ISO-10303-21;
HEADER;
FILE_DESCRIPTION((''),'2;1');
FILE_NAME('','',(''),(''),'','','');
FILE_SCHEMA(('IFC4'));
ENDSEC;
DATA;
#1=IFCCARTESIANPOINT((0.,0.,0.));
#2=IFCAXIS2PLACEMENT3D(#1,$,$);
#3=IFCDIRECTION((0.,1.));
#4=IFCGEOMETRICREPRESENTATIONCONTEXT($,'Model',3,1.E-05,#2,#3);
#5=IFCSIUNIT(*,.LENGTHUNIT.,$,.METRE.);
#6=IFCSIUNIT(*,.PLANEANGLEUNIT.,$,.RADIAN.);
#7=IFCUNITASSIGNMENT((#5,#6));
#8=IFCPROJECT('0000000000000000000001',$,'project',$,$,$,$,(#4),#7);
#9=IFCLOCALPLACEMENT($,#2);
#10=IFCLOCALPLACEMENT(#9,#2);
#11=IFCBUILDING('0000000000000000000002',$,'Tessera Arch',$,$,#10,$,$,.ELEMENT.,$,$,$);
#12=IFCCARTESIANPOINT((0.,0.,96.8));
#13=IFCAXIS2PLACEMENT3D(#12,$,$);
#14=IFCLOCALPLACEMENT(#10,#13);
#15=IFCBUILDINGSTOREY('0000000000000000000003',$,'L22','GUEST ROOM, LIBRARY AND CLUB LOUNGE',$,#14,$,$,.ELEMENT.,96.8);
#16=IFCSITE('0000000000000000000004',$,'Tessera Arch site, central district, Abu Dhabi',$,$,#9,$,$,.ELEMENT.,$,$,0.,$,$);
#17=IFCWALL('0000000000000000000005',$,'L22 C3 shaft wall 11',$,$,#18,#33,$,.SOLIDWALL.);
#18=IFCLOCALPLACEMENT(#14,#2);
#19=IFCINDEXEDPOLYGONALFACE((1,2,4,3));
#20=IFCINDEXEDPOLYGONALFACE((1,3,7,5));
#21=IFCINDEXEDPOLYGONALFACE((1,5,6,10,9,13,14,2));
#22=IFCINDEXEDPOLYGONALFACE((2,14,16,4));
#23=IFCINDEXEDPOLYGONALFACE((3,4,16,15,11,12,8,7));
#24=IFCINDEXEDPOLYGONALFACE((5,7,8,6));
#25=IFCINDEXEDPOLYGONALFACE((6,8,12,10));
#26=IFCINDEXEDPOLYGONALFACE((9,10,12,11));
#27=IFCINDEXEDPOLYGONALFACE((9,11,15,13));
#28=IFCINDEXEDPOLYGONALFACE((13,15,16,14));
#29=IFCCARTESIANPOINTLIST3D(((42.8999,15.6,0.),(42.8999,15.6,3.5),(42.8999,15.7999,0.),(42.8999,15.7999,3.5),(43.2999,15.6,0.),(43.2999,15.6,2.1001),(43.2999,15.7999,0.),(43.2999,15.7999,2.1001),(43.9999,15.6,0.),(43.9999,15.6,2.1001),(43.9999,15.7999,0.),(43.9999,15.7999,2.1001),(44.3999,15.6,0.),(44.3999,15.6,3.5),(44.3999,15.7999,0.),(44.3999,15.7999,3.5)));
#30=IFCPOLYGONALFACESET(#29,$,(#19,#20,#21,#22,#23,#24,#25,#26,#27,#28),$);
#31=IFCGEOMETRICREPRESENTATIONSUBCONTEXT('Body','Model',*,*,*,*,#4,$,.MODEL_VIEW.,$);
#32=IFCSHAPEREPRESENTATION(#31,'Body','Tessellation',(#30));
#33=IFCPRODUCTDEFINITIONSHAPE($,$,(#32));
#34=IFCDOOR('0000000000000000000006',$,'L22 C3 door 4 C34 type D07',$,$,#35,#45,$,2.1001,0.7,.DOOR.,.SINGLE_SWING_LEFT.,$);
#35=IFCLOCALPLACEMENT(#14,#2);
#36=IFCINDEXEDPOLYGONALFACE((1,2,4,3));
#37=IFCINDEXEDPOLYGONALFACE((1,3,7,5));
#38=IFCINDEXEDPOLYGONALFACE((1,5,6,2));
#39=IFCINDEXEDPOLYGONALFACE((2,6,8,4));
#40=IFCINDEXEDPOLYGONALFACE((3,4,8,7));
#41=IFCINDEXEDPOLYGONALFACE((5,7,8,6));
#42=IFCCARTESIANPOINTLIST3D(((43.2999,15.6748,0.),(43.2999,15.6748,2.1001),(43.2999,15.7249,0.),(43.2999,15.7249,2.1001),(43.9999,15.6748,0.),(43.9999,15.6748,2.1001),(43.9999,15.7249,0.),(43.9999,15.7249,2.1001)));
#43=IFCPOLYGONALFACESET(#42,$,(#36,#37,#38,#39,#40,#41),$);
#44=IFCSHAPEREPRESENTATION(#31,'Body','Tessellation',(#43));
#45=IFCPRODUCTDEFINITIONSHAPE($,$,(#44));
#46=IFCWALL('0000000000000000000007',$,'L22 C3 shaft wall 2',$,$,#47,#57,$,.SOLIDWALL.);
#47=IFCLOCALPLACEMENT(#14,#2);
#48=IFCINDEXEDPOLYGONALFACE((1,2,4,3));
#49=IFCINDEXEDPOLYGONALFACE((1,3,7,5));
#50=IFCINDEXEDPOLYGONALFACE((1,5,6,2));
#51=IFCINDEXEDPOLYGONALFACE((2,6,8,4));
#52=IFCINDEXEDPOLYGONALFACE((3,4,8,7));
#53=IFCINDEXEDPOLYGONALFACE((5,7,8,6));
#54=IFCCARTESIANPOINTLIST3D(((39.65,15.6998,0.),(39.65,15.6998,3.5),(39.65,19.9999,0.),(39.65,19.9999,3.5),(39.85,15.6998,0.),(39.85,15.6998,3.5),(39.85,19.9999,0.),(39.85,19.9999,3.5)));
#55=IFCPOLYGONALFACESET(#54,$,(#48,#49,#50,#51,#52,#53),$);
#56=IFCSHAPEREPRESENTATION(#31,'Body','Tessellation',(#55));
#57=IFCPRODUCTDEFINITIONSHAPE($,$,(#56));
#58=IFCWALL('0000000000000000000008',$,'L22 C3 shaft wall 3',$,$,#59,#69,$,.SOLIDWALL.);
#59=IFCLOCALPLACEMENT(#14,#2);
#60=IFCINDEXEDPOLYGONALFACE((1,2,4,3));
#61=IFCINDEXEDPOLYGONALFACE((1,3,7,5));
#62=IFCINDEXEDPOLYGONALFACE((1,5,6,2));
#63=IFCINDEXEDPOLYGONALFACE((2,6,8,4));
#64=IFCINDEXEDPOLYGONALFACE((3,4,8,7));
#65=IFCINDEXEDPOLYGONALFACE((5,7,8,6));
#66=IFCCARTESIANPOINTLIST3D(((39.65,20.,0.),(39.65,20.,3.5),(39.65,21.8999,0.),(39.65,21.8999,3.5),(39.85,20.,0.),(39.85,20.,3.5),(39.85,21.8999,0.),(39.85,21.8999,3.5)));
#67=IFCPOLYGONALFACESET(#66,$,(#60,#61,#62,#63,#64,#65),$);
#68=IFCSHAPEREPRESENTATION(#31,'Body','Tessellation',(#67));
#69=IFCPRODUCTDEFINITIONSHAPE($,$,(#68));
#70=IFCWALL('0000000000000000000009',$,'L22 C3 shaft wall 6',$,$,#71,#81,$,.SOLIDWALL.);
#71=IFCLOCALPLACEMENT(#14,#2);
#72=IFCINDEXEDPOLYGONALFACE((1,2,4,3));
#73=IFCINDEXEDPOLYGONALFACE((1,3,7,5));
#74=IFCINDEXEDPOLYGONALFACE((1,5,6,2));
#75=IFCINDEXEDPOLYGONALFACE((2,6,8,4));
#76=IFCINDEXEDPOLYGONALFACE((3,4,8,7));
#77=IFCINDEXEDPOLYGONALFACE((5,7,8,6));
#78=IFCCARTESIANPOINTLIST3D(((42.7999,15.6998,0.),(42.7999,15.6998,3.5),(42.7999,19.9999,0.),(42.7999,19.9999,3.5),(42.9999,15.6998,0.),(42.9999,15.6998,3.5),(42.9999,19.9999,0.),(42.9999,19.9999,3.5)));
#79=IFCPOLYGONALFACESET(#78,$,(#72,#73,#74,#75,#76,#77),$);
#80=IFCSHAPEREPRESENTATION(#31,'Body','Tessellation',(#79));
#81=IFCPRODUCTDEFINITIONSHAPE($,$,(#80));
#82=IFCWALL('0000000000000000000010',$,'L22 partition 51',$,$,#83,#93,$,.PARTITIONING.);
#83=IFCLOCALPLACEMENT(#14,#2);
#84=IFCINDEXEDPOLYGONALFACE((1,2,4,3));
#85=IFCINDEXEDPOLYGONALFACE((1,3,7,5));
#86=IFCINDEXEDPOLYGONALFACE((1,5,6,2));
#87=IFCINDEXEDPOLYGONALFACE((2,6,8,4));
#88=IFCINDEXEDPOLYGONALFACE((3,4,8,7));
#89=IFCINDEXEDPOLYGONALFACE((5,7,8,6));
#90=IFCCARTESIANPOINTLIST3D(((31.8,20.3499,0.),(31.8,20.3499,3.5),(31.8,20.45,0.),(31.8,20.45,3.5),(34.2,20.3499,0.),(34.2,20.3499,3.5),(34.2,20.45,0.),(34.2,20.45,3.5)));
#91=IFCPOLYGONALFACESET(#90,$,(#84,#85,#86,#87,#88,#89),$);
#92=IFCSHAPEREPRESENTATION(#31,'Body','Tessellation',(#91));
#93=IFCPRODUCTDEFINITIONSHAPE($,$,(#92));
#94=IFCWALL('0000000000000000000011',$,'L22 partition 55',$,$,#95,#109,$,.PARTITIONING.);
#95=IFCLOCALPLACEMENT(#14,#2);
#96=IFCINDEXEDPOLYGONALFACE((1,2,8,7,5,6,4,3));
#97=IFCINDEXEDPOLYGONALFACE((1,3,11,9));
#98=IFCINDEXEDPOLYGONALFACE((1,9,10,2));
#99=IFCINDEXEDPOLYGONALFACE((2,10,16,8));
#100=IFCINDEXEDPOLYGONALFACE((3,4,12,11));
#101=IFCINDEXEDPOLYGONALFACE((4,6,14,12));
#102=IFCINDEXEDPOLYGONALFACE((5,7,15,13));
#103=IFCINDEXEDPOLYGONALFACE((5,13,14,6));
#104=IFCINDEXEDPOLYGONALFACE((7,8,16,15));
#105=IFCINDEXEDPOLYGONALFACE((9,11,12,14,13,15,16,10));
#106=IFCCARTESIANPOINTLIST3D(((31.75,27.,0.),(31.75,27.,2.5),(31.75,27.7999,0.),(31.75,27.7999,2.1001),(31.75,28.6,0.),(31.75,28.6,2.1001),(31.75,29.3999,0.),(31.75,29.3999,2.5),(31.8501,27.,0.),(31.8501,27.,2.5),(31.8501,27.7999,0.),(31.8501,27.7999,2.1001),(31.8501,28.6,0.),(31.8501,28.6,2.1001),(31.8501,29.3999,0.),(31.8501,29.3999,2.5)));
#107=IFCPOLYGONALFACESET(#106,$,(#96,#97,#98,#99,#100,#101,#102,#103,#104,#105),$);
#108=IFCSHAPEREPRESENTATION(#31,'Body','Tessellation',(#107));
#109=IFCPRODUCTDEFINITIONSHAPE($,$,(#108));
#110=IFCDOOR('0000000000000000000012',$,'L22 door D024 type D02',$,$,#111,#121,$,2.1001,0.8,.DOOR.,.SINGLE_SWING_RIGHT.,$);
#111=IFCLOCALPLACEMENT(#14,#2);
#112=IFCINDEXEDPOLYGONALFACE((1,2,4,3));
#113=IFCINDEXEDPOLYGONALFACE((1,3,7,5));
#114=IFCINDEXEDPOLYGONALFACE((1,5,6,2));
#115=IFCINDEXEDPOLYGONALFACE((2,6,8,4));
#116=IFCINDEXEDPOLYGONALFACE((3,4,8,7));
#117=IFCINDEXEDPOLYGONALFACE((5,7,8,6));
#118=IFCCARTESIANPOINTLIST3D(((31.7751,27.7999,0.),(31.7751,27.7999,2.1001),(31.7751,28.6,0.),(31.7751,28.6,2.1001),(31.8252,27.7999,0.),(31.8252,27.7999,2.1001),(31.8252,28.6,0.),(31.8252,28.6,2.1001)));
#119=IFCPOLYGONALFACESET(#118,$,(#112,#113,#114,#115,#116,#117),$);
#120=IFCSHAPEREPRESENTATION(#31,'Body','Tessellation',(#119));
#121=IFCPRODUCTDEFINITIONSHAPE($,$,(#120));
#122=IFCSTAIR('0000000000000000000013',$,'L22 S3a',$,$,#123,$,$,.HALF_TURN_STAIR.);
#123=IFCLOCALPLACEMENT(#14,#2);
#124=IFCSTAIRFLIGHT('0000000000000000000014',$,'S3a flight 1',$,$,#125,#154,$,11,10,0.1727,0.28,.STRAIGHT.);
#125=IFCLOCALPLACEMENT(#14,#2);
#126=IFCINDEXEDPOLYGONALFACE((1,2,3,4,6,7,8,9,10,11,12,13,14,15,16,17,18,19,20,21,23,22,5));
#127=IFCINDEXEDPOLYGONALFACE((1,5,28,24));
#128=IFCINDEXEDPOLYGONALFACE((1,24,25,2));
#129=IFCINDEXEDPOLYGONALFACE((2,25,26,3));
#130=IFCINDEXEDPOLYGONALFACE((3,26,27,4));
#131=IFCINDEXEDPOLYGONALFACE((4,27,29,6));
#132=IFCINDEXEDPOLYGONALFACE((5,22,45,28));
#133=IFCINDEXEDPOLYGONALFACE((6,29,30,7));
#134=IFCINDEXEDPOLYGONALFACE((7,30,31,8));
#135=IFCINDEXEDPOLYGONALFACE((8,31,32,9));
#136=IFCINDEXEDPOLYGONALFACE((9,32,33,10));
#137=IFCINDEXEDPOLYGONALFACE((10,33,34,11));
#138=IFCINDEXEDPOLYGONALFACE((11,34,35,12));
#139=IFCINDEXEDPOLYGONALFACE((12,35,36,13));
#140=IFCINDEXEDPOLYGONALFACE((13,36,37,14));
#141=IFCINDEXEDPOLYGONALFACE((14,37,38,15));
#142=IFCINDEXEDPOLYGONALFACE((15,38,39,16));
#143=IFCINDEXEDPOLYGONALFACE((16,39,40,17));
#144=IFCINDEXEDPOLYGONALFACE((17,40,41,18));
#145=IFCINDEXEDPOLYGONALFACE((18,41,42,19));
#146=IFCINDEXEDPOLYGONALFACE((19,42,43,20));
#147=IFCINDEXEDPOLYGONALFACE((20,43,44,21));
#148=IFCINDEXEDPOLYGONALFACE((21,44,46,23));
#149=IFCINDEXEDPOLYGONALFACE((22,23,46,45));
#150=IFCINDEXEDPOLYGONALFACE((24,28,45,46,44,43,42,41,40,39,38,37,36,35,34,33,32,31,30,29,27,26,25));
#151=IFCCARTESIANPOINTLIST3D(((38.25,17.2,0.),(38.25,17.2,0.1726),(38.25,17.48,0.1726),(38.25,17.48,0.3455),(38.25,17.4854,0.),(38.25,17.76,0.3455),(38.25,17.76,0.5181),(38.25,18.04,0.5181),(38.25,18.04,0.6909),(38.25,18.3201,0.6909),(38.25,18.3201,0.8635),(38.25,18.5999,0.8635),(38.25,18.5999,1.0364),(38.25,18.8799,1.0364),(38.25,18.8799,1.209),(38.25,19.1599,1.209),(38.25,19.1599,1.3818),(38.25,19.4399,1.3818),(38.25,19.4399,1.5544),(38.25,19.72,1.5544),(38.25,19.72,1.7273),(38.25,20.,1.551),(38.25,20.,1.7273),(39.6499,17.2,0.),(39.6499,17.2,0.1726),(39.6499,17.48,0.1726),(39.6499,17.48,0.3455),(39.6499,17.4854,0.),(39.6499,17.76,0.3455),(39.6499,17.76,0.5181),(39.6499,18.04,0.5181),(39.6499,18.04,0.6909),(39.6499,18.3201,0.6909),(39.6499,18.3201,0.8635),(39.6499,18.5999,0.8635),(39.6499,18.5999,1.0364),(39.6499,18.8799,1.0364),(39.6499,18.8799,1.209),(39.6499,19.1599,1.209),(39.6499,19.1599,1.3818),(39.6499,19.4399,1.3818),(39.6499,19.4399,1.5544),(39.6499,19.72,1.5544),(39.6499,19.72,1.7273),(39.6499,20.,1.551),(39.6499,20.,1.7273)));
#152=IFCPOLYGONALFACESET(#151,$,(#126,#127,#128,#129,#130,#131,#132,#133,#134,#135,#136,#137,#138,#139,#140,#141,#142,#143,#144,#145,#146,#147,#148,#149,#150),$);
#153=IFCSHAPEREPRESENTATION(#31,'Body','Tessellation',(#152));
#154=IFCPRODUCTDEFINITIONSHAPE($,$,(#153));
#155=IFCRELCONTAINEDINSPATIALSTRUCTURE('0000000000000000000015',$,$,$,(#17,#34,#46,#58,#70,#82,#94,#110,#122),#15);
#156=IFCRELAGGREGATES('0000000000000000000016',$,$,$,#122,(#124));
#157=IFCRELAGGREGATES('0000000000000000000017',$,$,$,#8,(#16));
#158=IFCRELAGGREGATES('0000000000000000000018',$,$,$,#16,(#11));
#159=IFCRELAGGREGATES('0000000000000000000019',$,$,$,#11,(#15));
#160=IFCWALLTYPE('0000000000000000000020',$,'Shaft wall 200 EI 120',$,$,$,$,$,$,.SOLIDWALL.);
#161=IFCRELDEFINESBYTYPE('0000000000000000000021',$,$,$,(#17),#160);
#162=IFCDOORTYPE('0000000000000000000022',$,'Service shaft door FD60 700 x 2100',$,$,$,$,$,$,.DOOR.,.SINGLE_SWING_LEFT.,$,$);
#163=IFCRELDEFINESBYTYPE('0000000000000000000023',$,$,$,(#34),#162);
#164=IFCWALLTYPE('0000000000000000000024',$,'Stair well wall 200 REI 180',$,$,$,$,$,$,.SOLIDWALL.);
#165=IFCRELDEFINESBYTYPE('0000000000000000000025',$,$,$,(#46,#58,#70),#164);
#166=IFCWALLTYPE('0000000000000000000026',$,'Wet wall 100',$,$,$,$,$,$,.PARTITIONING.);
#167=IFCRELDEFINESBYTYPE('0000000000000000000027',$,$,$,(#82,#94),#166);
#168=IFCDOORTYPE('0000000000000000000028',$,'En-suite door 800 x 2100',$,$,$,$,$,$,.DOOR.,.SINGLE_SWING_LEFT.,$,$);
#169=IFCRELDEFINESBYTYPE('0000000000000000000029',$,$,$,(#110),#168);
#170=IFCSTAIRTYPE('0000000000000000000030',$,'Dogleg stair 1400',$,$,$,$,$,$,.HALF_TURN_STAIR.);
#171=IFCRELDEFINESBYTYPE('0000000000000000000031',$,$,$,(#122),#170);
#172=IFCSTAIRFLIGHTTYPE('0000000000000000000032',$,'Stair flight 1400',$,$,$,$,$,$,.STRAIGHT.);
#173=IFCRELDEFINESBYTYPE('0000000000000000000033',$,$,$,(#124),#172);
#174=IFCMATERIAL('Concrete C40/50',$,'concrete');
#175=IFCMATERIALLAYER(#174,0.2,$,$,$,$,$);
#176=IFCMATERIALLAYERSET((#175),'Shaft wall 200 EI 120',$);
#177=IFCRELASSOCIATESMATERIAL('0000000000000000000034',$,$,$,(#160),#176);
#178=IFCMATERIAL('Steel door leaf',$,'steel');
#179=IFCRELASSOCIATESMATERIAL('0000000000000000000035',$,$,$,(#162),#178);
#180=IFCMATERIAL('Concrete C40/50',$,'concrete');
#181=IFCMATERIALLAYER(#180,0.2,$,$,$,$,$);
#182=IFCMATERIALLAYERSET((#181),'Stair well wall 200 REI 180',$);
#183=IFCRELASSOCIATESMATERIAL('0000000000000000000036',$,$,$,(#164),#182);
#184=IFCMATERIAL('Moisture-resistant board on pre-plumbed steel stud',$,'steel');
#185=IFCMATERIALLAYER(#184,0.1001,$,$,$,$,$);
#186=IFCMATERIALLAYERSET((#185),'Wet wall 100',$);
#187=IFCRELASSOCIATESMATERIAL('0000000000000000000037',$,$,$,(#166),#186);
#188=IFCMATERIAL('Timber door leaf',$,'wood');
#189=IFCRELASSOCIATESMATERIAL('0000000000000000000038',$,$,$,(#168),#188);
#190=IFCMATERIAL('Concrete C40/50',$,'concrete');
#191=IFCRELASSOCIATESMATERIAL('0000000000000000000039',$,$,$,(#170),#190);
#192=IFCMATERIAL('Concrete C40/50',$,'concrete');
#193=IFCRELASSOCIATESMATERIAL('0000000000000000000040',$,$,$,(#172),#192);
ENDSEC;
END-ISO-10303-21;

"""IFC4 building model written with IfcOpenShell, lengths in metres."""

from ifc_helpers import new_model, si_unit, direction, frame, frame_2d, origin, place, context, subcontext, project, spatial, polyline, rectangle, outline, extrude, material, layer, layer_set, type_object, element, fill, aggregate, save


model = new_model("IFC4")

# Units and contexts
model_context = context("Model", 3, precision=1e-05, world=origin(), true_north=direction((0.0, 1.0)))
body_context = subcontext(model_context, "Body", "Model", "MODEL_VIEW")
ifc_project = project(units=[si_unit("LENGTHUNIT", "METRE"), si_unit("PLANEANGLEUNIT", "RADIAN")], contexts=[model_context])

# Site, building, storey
site_placement = place(None, origin())
site = spatial("IfcSite", under=ifc_project, at=site_placement, Name="Tessera Arch site, central district, Abu Dhabi", CompositionType="ELEMENT", RefElevation=0.0)
building_placement = place(site_placement, origin())
building = spatial("IfcBuilding", under=site, at=building_placement, Name="Tessera Arch", CompositionType="ELEMENT")
storey_placement = place(building_placement, frame((0.0, 0.0, 96.8)))
storey = spatial("IfcBuildingStorey", under=building, at=storey_placement, Name="L22", Description="GUEST ROOM, LIBRARY AND CLUB LOUNGE", CompositionType="ELEMENT", Elevation=96.8)

# Wall, opening, door
ifc_material_1 = material(Name="Concrete C40/50", Category="concrete")
ifc_layer_1 = layer(ifc_material_1, 0.2)
ifc_layer_set_1 = layer_set([ifc_layer_1], Name="Shaft wall 200 EI 120")
wall_type_1 = type_object("IfcWallType", Name="Shaft wall 200 EI 120", PredefinedType="SOLIDWALL", material=ifc_layer_set_1)
wall_1_placement = place(storey_placement, frame((42.8999, 15.7, 0.0), z_axis=(0.0, 0.0, 1.0), x_axis=(1.0, 0.0, 0.0)))
wall_1 = element("IfcWall", 1, at=wall_1_placement, inside=storey, type_object=wall_type_1, Name="L22 C3 shaft wall 11", PredefinedType="SOLIDWALL", context=body_context, shape_type="SweptSolid", body=[
    extrude(rectangle(XDim=1.5, YDim=0.2, at=frame_2d((0.75, 0.0))), origin(), (0.0, 0.0, 1.0), 3.5),
])
opening_1_placement = place(wall_1_placement, frame((0.3999, 0.0, 0.0)))
opening_1 = element("IfcOpeningElement", 2, at=opening_1_placement, cuts=wall_1, PredefinedType="OPENING", context=body_context, shape_type="SweptSolid", body=[
    extrude(rectangle(XDim=0.7, YDim=2.1001, at=frame_2d((0.3501, 1.05))), frame((0.0, 0.1099, 0.0), z_axis=(0.0, -1.0, 0.0), x_axis=(1.0, 0.0, 0.0)), (0.0, 0.0, 1.0), 0.22),
])
ifc_material_2 = material(Name="Steel door leaf", Category="steel")
door_type_1 = type_object("IfcDoorType", Name="Service shaft door FD60 700 x 2100", OperationType="SINGLE_SWING_LEFT", PredefinedType="DOOR", material=ifc_material_2)
door_1_placement = place(opening_1_placement, origin())
door_1 = element("IfcDoor", 3, at=door_1_placement, inside=storey, type_object=door_type_1, Name="L22 C3 door 4 C34 type D07", OperationType="SINGLE_SWING_LEFT", OverallHeight=2.1001, OverallWidth=0.7, PredefinedType="DOOR", context=body_context, shape_type="SweptSolid", body=[
    extrude(rectangle(XDim=0.7, YDim=2.1001, at=frame_2d((0.3501, 1.05))), frame((0.0, 0.0249, 0.0), z_axis=(0.0, -1.0, 0.0), x_axis=(1.0, 0.0, 0.0)), (0.0, 0.0, 1.0), 0.05),
])
fill(opening_1, door_1)

# Walls
ifc_material_3 = material(Name="Concrete C40/50", Category="concrete")
ifc_layer_2 = layer(ifc_material_3, 0.2)
ifc_layer_set_2 = layer_set([ifc_layer_2], Name="Stair well wall 200 REI 180")
wall_type_2 = type_object("IfcWallType", Name="Stair well wall 200 REI 180", PredefinedType="SOLIDWALL", material=ifc_layer_set_2)
wall_2_placement = place(storey_placement, frame((39.75, 15.7, 0.0), z_axis=(0.0, 0.0, 1.0), x_axis=(0.0, 1.0, 0.0)))
element("IfcWall", 4, at=wall_2_placement, inside=storey, type_object=wall_type_2, Name="L22 C3 shaft wall 2", PredefinedType="SOLIDWALL", context=body_context, shape_type="SweptSolid", body=[
    extrude(rectangle(XDim=4.3, YDim=0.2, at=frame_2d((2.1499, 0.0))), origin(), (0.0, 0.0, 1.0), 3.5),
])
wall_3_placement = place(storey_placement, frame((39.75, 20.0, 0.0), z_axis=(0.0, 0.0, 1.0), x_axis=(0.0, 1.0, 0.0)))
element("IfcWall", 5, at=wall_3_placement, inside=storey, type_object=wall_type_2, Name="L22 C3 shaft wall 3", PredefinedType="SOLIDWALL", context=body_context, shape_type="SweptSolid", body=[
    extrude(rectangle(XDim=1.8999, YDim=0.2, at=frame_2d((0.95, 0.0))), origin(), (0.0, 0.0, 1.0), 3.5),
])
wall_4_placement = place(storey_placement, frame((42.8999, 15.7, 0.0), z_axis=(0.0, 0.0, 1.0), x_axis=(0.0, 1.0, 0.0)))
element("IfcWall", 6, at=wall_4_placement, inside=storey, type_object=wall_type_2, Name="L22 C3 shaft wall 6", PredefinedType="SOLIDWALL", context=body_context, shape_type="SweptSolid", body=[
    extrude(rectangle(XDim=4.3, YDim=0.2, at=frame_2d((2.1499, 0.0))), origin(), (0.0, 0.0, 1.0), 3.5),
])
ifc_material_4 = material(Name="Moisture-resistant board on pre-plumbed steel stud", Category="steel")
ifc_layer_3 = layer(ifc_material_4, 0.1001)
ifc_layer_set_3 = layer_set([ifc_layer_3], Name="Wet wall 100")
wall_type_3 = type_object("IfcWallType", Name="Wet wall 100", PredefinedType="PARTITIONING", material=ifc_layer_set_3)
wall_5_placement = place(storey_placement, frame((31.8, 20.3999, 0.0), z_axis=(0.0, 0.0, 1.0), x_axis=(1.0, 0.0, 0.0)))
element("IfcWall", 7, at=wall_5_placement, inside=storey, type_object=wall_type_3, Name="L22 partition 51", PredefinedType="PARTITIONING", context=body_context, shape_type="SweptSolid", body=[
    extrude(rectangle(XDim=2.3999, YDim=0.1001, at=frame_2d((1.2, 0.0))), origin(), (0.0, 0.0, 1.0), 3.5),
])

# Wall, opening, door
wall_6_placement = place(storey_placement, frame((31.8, 27.0, 0.0), z_axis=(0.0, 0.0, 1.0), x_axis=(0.0, 1.0, 0.0)))
wall_6 = element("IfcWall", 8, at=wall_6_placement, inside=storey, type_object=wall_type_3, Name="L22 partition 55", PredefinedType="PARTITIONING", context=body_context, shape_type="SweptSolid", body=[
    extrude(rectangle(XDim=2.3999, YDim=0.1001, at=frame_2d((1.2, 0.0))), origin(), (0.0, 0.0, 1.0), 2.5),
])
opening_2_placement = place(wall_6_placement, frame((0.8, 0.0, 0.0)))
opening_2 = element("IfcOpeningElement", 9, at=opening_2_placement, cuts=wall_6, PredefinedType="OPENING", context=body_context, shape_type="SweptSolid", body=[
    extrude(rectangle(XDim=0.8, YDim=2.1001, at=frame_2d((0.3999, 1.05))), frame((0.0, 0.0601, 0.0), z_axis=(0.0, -1.0, 0.0), x_axis=(1.0, 0.0, 0.0)), (0.0, 0.0, 1.0), 0.1201),
])
ifc_material_5 = material(Name="Timber door leaf", Category="wood")
door_type_2 = type_object("IfcDoorType", Name="En-suite door 800 x 2100", OperationType="SINGLE_SWING_LEFT", PredefinedType="DOOR", material=ifc_material_5)
door_2_placement = place(opening_2_placement, origin())
door_2 = element("IfcDoor", 10, at=door_2_placement, inside=storey, type_object=door_type_2, Name="L22 door D024 type D02", OperationType="SINGLE_SWING_RIGHT", OverallHeight=2.1001, OverallWidth=0.8, PredefinedType="DOOR", context=body_context, shape_type="SweptSolid", body=[
    extrude(rectangle(XDim=0.8, YDim=2.1001, at=frame_2d((0.3999, 1.05))), frame((0.0, 0.0249, 0.0), z_axis=(0.0, -1.0, 0.0), x_axis=(1.0, 0.0, 0.0)), (0.0, 0.0, 1.0), 0.05),
])
fill(opening_2, door_2)

# Stair, stair flight
ifc_material_6 = material(Name="Concrete C40/50", Category="concrete")
stair_type = type_object("IfcStairType", Name="Dogleg stair 1400", PredefinedType="HALF_TURN_STAIR", material=ifc_material_6)
stair_1_placement = place(storey_placement, origin())
stair_1 = element("IfcStair", 11, at=stair_1_placement, inside=storey, type_object=stair_type, Name="L22 S3a", PredefinedType="HALF_TURN_STAIR")
ifc_material_7 = material(Name="Concrete C40/50", Category="concrete")
stair_flight_type = type_object("IfcStairFlightType", Name="Stair flight 1400", PredefinedType="STRAIGHT", material=ifc_material_7)
stair_flight_1_placement = place(storey_placement, frame((38.95, 17.2, 0.0), z_axis=(0.0, 0.0, 1.0), x_axis=(0.0, 1.0, 0.0)))
stair_flight_1 = element("IfcStairFlight", 12, at=stair_flight_1_placement, type_object=stair_flight_type, Name="S3a flight 1", NumberOfRisers=11, NumberOfTreads=10, PredefinedType="STRAIGHT", RiserHeight=0.1727, TreadLength=0.28, context=body_context, shape_type="SweptSolid", body=[
    extrude(outline(polyline([(0.0, 0.0), (0.0, 0.1726), (0.28, 0.1726), (0.28, 0.3455), (0.5601, 0.3455), (0.5601, 0.5181), (0.8401, 0.5181), (0.8401, 0.6909), (1.1201, 0.6909), (1.1201, 0.8635), (1.3999, 0.8635), (1.3999, 1.0364), (1.6799, 1.0364), (1.6799, 1.209), (1.96, 1.209), (1.96, 1.3818), (2.24, 1.3818), (2.24, 1.5544), (2.52, 1.5544), (2.52, 1.7273), (2.8, 1.7273), (2.8, 1.8999), (2.8, 1.551), (0.2854, 0.0), (0.0, 0.0)])), frame((0.0, 0.7, 0.0), z_axis=(0.0, -1.0, 0.0), x_axis=(1.0, 0.0, 0.0)), (0.0, 0.0, 1.0), 1.3999),
])
aggregate(stair_1, [stair_flight_1])

save(model, "model.ifc")
